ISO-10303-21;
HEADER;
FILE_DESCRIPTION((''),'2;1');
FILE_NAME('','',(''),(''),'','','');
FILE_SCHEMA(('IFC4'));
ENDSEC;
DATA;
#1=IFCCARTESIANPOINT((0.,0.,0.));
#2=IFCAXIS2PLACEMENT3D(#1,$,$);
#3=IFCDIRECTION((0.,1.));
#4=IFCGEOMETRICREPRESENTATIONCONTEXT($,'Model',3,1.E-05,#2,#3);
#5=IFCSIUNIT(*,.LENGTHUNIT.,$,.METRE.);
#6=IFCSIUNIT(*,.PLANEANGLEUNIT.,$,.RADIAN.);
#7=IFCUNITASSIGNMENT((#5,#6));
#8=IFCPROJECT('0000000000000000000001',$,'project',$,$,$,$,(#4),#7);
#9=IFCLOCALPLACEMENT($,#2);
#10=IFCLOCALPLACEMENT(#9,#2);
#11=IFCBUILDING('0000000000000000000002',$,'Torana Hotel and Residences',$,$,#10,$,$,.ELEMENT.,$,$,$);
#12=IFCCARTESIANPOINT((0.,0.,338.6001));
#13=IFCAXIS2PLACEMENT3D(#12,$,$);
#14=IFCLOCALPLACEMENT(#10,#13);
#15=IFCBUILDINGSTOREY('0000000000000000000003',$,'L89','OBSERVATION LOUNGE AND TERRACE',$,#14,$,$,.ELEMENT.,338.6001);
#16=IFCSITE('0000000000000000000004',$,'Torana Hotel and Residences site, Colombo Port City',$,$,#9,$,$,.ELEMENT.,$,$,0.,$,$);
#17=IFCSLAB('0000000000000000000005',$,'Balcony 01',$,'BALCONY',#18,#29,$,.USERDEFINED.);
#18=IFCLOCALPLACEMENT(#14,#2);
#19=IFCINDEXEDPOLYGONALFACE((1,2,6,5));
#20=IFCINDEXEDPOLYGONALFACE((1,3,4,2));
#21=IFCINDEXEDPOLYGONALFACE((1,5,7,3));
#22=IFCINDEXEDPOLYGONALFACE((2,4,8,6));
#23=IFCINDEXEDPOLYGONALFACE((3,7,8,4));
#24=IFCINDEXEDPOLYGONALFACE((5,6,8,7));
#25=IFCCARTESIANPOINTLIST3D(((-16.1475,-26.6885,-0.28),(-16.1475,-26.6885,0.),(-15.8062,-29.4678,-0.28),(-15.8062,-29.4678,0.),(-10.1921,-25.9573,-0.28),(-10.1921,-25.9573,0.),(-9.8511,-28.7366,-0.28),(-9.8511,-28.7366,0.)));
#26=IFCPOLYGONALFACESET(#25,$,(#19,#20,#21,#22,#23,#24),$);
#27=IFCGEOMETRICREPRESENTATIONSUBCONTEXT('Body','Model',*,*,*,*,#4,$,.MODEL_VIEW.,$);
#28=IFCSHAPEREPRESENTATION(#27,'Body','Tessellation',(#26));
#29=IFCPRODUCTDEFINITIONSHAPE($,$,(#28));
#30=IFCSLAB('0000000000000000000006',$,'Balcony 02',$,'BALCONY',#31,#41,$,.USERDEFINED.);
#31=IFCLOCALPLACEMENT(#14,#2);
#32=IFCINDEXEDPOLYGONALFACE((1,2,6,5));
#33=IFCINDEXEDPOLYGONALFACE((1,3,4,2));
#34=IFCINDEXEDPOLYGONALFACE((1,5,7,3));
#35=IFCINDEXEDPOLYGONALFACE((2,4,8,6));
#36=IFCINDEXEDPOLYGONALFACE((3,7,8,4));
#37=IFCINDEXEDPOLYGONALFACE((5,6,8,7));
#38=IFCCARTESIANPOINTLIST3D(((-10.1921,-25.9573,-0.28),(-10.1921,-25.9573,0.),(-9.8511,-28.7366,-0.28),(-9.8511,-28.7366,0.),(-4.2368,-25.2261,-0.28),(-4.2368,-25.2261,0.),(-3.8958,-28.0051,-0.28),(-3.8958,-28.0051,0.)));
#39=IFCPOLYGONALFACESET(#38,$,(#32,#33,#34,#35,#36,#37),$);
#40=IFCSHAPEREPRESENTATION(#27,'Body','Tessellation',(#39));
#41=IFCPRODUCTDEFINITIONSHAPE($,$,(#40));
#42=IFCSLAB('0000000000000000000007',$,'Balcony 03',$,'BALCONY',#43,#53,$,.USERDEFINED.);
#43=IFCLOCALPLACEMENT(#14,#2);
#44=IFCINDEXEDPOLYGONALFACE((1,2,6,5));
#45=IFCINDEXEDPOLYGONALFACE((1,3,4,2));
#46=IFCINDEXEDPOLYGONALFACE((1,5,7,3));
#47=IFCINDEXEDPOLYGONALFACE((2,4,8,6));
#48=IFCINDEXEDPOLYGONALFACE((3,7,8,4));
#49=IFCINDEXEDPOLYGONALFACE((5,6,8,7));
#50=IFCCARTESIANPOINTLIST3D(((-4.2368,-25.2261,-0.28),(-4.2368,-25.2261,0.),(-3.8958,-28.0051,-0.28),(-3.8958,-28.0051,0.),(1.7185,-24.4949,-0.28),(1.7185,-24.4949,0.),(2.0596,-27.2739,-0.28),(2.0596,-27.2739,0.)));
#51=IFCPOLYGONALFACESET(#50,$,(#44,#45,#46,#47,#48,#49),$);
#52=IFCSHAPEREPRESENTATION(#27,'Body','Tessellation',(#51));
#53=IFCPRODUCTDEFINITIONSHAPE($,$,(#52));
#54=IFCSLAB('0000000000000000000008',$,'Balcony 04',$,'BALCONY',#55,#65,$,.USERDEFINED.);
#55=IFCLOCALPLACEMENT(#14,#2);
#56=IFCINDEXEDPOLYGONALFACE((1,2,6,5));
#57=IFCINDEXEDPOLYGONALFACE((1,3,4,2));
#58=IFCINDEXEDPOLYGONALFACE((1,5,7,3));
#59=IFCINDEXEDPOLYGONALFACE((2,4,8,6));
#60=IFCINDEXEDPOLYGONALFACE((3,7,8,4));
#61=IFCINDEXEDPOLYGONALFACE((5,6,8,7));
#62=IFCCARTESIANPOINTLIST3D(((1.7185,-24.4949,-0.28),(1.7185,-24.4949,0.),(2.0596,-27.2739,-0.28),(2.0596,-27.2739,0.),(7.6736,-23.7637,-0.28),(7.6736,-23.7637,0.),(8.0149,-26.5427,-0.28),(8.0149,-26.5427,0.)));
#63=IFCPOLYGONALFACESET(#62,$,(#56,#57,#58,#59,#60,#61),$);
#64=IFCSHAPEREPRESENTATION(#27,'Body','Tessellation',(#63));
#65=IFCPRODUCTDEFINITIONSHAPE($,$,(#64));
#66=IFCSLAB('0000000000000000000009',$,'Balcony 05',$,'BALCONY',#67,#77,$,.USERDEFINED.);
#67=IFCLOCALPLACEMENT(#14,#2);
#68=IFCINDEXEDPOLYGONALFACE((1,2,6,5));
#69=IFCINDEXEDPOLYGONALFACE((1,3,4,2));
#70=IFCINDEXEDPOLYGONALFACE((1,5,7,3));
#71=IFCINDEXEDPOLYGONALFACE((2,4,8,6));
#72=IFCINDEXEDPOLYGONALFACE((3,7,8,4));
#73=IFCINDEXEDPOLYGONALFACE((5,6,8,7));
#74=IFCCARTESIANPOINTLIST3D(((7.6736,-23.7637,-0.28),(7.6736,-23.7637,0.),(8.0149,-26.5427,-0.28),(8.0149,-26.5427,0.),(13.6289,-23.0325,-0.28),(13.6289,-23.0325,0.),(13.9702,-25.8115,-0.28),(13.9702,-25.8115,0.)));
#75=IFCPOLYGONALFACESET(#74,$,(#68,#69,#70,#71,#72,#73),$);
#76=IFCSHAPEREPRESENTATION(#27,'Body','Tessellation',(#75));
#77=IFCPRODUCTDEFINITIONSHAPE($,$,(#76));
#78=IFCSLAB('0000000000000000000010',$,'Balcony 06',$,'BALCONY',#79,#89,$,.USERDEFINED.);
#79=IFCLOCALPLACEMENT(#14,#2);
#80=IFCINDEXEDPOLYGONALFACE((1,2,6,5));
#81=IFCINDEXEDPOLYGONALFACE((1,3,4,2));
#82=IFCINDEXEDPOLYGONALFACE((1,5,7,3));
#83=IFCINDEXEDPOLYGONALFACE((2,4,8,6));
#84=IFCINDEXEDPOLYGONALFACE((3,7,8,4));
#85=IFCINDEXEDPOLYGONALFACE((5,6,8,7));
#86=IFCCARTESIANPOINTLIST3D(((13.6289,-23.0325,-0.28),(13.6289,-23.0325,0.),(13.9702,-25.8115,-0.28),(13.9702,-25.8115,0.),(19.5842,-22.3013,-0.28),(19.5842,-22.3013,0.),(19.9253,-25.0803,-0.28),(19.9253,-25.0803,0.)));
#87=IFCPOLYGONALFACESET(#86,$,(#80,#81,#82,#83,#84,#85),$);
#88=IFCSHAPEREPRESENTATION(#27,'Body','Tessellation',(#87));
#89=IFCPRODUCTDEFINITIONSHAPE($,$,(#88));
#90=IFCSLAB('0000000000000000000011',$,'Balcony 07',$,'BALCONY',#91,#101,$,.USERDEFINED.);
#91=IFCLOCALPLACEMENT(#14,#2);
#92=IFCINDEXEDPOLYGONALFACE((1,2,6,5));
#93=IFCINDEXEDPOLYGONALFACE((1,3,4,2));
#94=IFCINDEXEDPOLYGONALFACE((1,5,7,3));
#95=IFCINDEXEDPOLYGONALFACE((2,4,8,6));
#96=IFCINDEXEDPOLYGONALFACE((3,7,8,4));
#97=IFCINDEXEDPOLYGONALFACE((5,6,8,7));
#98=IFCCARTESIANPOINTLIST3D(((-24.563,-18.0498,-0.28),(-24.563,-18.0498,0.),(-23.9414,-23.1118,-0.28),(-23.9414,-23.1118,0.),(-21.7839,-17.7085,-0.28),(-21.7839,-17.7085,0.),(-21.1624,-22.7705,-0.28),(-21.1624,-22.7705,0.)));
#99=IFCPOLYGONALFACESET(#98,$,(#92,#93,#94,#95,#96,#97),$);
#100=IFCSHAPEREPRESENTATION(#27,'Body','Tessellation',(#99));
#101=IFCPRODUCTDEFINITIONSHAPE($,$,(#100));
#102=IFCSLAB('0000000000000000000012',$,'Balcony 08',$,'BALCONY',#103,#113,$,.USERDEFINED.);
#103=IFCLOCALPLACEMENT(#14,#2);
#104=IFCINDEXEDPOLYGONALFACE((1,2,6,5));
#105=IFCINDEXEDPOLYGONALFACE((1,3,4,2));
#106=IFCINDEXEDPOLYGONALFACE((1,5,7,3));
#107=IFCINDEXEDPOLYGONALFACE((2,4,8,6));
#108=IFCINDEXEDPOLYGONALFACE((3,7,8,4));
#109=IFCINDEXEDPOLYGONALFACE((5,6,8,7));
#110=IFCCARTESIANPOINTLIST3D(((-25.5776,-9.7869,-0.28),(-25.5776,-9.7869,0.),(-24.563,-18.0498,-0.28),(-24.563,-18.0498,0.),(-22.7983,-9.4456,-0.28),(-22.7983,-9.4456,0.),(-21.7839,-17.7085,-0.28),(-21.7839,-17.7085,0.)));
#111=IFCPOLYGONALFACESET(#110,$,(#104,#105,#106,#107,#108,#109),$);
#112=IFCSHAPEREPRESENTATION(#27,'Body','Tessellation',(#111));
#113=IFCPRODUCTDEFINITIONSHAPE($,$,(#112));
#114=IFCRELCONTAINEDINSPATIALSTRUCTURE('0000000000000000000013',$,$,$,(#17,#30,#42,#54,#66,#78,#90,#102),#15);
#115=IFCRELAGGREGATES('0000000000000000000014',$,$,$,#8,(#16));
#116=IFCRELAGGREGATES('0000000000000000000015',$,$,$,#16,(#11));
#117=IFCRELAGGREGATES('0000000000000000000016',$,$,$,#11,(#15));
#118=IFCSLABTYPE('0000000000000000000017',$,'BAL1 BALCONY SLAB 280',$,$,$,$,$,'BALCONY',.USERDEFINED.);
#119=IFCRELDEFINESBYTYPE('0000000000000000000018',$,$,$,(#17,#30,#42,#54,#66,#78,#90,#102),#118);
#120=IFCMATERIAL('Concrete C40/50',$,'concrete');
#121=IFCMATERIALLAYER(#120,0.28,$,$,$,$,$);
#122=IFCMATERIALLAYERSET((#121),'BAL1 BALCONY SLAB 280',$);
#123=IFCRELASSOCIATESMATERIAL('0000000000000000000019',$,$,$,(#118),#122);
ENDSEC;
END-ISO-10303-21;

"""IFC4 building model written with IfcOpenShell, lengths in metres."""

from ifc_helpers import new_model, si_unit, direction, frame, origin, place, context, subcontext, project, spatial, polyline, outline, extrude, material, layer, layer_set, type_object, element, save


model = new_model("IFC4")

# Units and contexts
model_context = context("Model", 3, precision=1e-05, world=origin(), true_north=direction((0.0, 1.0)))
body_context = subcontext(model_context, "Body", "Model", "MODEL_VIEW")
ifc_project = project(units=[si_unit("LENGTHUNIT", "METRE"), si_unit("PLANEANGLEUNIT", "RADIAN")], contexts=[model_context])

# Site, building, storey
site_placement = place(None, origin())
site = spatial("IfcSite", under=ifc_project, at=site_placement, Name="Torana Hotel and Residences site, Colombo Port City", CompositionType="ELEMENT", RefElevation=0.0)
building_placement = place(site_placement, origin())
building = spatial("IfcBuilding", under=site, at=building_placement, Name="Torana Hotel and Residences", CompositionType="ELEMENT")
storey_placement = place(building_placement, frame((0.0, 0.0, 338.6001)))
storey = spatial("IfcBuildingStorey", under=building, at=storey_placement, Name="L89", Description="OBSERVATION LOUNGE AND TERRACE", CompositionType="ELEMENT", Elevation=338.6001)

# Slabs
ifc_material_1 = material(Name="Concrete C40/50", Category="concrete")
ifc_layer_1 = layer(ifc_material_1, 0.28)
ifc_layer_set_1 = layer_set([ifc_layer_1], Name="BAL1 BALCONY SLAB 280")
slab_type_1 = type_object("IfcSlabType", Name="BAL1 BALCONY SLAB 280", ElementType="BALCONY", PredefinedType="USERDEFINED", material=ifc_layer_set_1)
slab_1_placement = place(storey_placement, frame((0.0, 0.0, -0.28)))
element("IfcSlab", 1, at=slab_1_placement, inside=storey, type_object=slab_type_1, Name="Balcony 01", ObjectType="BALCONY", PredefinedType="USERDEFINED", context=body_context, shape_type="SweptSolid", body=[
    extrude(outline(polyline([(-15.8062, -29.4678), (-9.8511, -28.7366), (-10.1921, -25.9573), (-16.1475, -26.6885), (-15.8062, -29.4678)])), origin(), (0.0, 0.0, 1.0), 0.28),
])
slab_2_placement = place(storey_placement, frame((0.0, 0.0, -0.28)))
element("IfcSlab", 2, at=slab_2_placement, inside=storey, type_object=slab_type_1, Name="Balcony 02", ObjectType="BALCONY", PredefinedType="USERDEFINED", context=body_context, shape_type="SweptSolid", body=[
    extrude(outline(polyline([(-9.8511, -28.7366), (-3.8958, -28.0051), (-4.2368, -25.2261), (-10.1921, -25.9573), (-9.8511, -28.7366)])), origin(), (0.0, 0.0, 1.0), 0.28),
])
slab_3_placement = place(storey_placement, frame((0.0, 0.0, -0.28)))
element("IfcSlab", 3, at=slab_3_placement, inside=storey, type_object=slab_type_1, Name="Balcony 03", ObjectType="BALCONY", PredefinedType="USERDEFINED", context=body_context, shape_type="SweptSolid", body=[
    extrude(outline(polyline([(-3.8958, -28.0051), (2.0596, -27.2739), (1.7185, -24.4949), (-4.2368, -25.2261), (-3.8958, -28.0051)])), origin(), (0.0, 0.0, 1.0), 0.28),
])
slab_4_placement = place(storey_placement, frame((0.0, 0.0, -0.28)))
element("IfcSlab", 4, at=slab_4_placement, inside=storey, type_object=slab_type_1, Name="Balcony 04", ObjectType="BALCONY", PredefinedType="USERDEFINED", context=body_context, shape_type="SweptSolid", body=[
    extrude(outline(polyline([(2.0596, -27.2739), (8.0149, -26.5427), (7.6736, -23.7637), (1.7185, -24.4949), (2.0596, -27.2739)])), origin(), (0.0, 0.0, 1.0), 0.28),
])
slab_5_placement = place(storey_placement, frame((0.0, 0.0, -0.28)))
element("IfcSlab", 5, at=slab_5_placement, inside=storey, type_object=slab_type_1, Name="Balcony 05", ObjectType="BALCONY", PredefinedType="USERDEFINED", context=body_context, shape_type="SweptSolid", body=[
    extrude(outline(polyline([(8.0149, -26.5427), (13.9702, -25.8115), (13.6289, -23.0325), (7.6736, -23.7637), (8.0149, -26.5427)])), origin(), (0.0, 0.0, 1.0), 0.28),
])
slab_6_placement = place(storey_placement, frame((0.0, 0.0, -0.28)))
element("IfcSlab", 6, at=slab_6_placement, inside=storey, type_object=slab_type_1, Name="Balcony 06", ObjectType="BALCONY", PredefinedType="USERDEFINED", context=body_context, shape_type="SweptSolid", body=[
    extrude(outline(polyline([(13.9702, -25.8115), (19.9253, -25.0803), (19.5842, -22.3013), (13.6289, -23.0325), (13.9702, -25.8115)])), origin(), (0.0, 0.0, 1.0), 0.28),
])
slab_7_placement = place(storey_placement, frame((0.0, 0.0, -0.28)))
element("IfcSlab", 7, at=slab_7_placement, inside=storey, type_object=slab_type_1, Name="Balcony 07", ObjectType="BALCONY", PredefinedType="USERDEFINED", context=body_context, shape_type="SweptSolid", body=[
    extrude(outline(polyline([(-23.9414, -23.1118), (-21.1624, -22.7705), (-21.7839, -17.7085), (-24.563, -18.0498), (-23.9414, -23.1118)])), origin(), (0.0, 0.0, 1.0), 0.28),
])
slab_8_placement = place(storey_placement, frame((0.0, 0.0, -0.28)))
element("IfcSlab", 8, at=slab_8_placement, inside=storey, type_object=slab_type_1, Name="Balcony 08", ObjectType="BALCONY", PredefinedType="USERDEFINED", context=body_context, shape_type="SweptSolid", body=[
    extrude(outline(polyline([(-24.563, -18.0498), (-21.7839, -17.7085), (-22.7983, -9.4456), (-25.5776, -9.7869), (-24.563, -18.0498)])), origin(), (0.0, 0.0, 1.0), 0.28),
])

save(model, "model.ifc")
